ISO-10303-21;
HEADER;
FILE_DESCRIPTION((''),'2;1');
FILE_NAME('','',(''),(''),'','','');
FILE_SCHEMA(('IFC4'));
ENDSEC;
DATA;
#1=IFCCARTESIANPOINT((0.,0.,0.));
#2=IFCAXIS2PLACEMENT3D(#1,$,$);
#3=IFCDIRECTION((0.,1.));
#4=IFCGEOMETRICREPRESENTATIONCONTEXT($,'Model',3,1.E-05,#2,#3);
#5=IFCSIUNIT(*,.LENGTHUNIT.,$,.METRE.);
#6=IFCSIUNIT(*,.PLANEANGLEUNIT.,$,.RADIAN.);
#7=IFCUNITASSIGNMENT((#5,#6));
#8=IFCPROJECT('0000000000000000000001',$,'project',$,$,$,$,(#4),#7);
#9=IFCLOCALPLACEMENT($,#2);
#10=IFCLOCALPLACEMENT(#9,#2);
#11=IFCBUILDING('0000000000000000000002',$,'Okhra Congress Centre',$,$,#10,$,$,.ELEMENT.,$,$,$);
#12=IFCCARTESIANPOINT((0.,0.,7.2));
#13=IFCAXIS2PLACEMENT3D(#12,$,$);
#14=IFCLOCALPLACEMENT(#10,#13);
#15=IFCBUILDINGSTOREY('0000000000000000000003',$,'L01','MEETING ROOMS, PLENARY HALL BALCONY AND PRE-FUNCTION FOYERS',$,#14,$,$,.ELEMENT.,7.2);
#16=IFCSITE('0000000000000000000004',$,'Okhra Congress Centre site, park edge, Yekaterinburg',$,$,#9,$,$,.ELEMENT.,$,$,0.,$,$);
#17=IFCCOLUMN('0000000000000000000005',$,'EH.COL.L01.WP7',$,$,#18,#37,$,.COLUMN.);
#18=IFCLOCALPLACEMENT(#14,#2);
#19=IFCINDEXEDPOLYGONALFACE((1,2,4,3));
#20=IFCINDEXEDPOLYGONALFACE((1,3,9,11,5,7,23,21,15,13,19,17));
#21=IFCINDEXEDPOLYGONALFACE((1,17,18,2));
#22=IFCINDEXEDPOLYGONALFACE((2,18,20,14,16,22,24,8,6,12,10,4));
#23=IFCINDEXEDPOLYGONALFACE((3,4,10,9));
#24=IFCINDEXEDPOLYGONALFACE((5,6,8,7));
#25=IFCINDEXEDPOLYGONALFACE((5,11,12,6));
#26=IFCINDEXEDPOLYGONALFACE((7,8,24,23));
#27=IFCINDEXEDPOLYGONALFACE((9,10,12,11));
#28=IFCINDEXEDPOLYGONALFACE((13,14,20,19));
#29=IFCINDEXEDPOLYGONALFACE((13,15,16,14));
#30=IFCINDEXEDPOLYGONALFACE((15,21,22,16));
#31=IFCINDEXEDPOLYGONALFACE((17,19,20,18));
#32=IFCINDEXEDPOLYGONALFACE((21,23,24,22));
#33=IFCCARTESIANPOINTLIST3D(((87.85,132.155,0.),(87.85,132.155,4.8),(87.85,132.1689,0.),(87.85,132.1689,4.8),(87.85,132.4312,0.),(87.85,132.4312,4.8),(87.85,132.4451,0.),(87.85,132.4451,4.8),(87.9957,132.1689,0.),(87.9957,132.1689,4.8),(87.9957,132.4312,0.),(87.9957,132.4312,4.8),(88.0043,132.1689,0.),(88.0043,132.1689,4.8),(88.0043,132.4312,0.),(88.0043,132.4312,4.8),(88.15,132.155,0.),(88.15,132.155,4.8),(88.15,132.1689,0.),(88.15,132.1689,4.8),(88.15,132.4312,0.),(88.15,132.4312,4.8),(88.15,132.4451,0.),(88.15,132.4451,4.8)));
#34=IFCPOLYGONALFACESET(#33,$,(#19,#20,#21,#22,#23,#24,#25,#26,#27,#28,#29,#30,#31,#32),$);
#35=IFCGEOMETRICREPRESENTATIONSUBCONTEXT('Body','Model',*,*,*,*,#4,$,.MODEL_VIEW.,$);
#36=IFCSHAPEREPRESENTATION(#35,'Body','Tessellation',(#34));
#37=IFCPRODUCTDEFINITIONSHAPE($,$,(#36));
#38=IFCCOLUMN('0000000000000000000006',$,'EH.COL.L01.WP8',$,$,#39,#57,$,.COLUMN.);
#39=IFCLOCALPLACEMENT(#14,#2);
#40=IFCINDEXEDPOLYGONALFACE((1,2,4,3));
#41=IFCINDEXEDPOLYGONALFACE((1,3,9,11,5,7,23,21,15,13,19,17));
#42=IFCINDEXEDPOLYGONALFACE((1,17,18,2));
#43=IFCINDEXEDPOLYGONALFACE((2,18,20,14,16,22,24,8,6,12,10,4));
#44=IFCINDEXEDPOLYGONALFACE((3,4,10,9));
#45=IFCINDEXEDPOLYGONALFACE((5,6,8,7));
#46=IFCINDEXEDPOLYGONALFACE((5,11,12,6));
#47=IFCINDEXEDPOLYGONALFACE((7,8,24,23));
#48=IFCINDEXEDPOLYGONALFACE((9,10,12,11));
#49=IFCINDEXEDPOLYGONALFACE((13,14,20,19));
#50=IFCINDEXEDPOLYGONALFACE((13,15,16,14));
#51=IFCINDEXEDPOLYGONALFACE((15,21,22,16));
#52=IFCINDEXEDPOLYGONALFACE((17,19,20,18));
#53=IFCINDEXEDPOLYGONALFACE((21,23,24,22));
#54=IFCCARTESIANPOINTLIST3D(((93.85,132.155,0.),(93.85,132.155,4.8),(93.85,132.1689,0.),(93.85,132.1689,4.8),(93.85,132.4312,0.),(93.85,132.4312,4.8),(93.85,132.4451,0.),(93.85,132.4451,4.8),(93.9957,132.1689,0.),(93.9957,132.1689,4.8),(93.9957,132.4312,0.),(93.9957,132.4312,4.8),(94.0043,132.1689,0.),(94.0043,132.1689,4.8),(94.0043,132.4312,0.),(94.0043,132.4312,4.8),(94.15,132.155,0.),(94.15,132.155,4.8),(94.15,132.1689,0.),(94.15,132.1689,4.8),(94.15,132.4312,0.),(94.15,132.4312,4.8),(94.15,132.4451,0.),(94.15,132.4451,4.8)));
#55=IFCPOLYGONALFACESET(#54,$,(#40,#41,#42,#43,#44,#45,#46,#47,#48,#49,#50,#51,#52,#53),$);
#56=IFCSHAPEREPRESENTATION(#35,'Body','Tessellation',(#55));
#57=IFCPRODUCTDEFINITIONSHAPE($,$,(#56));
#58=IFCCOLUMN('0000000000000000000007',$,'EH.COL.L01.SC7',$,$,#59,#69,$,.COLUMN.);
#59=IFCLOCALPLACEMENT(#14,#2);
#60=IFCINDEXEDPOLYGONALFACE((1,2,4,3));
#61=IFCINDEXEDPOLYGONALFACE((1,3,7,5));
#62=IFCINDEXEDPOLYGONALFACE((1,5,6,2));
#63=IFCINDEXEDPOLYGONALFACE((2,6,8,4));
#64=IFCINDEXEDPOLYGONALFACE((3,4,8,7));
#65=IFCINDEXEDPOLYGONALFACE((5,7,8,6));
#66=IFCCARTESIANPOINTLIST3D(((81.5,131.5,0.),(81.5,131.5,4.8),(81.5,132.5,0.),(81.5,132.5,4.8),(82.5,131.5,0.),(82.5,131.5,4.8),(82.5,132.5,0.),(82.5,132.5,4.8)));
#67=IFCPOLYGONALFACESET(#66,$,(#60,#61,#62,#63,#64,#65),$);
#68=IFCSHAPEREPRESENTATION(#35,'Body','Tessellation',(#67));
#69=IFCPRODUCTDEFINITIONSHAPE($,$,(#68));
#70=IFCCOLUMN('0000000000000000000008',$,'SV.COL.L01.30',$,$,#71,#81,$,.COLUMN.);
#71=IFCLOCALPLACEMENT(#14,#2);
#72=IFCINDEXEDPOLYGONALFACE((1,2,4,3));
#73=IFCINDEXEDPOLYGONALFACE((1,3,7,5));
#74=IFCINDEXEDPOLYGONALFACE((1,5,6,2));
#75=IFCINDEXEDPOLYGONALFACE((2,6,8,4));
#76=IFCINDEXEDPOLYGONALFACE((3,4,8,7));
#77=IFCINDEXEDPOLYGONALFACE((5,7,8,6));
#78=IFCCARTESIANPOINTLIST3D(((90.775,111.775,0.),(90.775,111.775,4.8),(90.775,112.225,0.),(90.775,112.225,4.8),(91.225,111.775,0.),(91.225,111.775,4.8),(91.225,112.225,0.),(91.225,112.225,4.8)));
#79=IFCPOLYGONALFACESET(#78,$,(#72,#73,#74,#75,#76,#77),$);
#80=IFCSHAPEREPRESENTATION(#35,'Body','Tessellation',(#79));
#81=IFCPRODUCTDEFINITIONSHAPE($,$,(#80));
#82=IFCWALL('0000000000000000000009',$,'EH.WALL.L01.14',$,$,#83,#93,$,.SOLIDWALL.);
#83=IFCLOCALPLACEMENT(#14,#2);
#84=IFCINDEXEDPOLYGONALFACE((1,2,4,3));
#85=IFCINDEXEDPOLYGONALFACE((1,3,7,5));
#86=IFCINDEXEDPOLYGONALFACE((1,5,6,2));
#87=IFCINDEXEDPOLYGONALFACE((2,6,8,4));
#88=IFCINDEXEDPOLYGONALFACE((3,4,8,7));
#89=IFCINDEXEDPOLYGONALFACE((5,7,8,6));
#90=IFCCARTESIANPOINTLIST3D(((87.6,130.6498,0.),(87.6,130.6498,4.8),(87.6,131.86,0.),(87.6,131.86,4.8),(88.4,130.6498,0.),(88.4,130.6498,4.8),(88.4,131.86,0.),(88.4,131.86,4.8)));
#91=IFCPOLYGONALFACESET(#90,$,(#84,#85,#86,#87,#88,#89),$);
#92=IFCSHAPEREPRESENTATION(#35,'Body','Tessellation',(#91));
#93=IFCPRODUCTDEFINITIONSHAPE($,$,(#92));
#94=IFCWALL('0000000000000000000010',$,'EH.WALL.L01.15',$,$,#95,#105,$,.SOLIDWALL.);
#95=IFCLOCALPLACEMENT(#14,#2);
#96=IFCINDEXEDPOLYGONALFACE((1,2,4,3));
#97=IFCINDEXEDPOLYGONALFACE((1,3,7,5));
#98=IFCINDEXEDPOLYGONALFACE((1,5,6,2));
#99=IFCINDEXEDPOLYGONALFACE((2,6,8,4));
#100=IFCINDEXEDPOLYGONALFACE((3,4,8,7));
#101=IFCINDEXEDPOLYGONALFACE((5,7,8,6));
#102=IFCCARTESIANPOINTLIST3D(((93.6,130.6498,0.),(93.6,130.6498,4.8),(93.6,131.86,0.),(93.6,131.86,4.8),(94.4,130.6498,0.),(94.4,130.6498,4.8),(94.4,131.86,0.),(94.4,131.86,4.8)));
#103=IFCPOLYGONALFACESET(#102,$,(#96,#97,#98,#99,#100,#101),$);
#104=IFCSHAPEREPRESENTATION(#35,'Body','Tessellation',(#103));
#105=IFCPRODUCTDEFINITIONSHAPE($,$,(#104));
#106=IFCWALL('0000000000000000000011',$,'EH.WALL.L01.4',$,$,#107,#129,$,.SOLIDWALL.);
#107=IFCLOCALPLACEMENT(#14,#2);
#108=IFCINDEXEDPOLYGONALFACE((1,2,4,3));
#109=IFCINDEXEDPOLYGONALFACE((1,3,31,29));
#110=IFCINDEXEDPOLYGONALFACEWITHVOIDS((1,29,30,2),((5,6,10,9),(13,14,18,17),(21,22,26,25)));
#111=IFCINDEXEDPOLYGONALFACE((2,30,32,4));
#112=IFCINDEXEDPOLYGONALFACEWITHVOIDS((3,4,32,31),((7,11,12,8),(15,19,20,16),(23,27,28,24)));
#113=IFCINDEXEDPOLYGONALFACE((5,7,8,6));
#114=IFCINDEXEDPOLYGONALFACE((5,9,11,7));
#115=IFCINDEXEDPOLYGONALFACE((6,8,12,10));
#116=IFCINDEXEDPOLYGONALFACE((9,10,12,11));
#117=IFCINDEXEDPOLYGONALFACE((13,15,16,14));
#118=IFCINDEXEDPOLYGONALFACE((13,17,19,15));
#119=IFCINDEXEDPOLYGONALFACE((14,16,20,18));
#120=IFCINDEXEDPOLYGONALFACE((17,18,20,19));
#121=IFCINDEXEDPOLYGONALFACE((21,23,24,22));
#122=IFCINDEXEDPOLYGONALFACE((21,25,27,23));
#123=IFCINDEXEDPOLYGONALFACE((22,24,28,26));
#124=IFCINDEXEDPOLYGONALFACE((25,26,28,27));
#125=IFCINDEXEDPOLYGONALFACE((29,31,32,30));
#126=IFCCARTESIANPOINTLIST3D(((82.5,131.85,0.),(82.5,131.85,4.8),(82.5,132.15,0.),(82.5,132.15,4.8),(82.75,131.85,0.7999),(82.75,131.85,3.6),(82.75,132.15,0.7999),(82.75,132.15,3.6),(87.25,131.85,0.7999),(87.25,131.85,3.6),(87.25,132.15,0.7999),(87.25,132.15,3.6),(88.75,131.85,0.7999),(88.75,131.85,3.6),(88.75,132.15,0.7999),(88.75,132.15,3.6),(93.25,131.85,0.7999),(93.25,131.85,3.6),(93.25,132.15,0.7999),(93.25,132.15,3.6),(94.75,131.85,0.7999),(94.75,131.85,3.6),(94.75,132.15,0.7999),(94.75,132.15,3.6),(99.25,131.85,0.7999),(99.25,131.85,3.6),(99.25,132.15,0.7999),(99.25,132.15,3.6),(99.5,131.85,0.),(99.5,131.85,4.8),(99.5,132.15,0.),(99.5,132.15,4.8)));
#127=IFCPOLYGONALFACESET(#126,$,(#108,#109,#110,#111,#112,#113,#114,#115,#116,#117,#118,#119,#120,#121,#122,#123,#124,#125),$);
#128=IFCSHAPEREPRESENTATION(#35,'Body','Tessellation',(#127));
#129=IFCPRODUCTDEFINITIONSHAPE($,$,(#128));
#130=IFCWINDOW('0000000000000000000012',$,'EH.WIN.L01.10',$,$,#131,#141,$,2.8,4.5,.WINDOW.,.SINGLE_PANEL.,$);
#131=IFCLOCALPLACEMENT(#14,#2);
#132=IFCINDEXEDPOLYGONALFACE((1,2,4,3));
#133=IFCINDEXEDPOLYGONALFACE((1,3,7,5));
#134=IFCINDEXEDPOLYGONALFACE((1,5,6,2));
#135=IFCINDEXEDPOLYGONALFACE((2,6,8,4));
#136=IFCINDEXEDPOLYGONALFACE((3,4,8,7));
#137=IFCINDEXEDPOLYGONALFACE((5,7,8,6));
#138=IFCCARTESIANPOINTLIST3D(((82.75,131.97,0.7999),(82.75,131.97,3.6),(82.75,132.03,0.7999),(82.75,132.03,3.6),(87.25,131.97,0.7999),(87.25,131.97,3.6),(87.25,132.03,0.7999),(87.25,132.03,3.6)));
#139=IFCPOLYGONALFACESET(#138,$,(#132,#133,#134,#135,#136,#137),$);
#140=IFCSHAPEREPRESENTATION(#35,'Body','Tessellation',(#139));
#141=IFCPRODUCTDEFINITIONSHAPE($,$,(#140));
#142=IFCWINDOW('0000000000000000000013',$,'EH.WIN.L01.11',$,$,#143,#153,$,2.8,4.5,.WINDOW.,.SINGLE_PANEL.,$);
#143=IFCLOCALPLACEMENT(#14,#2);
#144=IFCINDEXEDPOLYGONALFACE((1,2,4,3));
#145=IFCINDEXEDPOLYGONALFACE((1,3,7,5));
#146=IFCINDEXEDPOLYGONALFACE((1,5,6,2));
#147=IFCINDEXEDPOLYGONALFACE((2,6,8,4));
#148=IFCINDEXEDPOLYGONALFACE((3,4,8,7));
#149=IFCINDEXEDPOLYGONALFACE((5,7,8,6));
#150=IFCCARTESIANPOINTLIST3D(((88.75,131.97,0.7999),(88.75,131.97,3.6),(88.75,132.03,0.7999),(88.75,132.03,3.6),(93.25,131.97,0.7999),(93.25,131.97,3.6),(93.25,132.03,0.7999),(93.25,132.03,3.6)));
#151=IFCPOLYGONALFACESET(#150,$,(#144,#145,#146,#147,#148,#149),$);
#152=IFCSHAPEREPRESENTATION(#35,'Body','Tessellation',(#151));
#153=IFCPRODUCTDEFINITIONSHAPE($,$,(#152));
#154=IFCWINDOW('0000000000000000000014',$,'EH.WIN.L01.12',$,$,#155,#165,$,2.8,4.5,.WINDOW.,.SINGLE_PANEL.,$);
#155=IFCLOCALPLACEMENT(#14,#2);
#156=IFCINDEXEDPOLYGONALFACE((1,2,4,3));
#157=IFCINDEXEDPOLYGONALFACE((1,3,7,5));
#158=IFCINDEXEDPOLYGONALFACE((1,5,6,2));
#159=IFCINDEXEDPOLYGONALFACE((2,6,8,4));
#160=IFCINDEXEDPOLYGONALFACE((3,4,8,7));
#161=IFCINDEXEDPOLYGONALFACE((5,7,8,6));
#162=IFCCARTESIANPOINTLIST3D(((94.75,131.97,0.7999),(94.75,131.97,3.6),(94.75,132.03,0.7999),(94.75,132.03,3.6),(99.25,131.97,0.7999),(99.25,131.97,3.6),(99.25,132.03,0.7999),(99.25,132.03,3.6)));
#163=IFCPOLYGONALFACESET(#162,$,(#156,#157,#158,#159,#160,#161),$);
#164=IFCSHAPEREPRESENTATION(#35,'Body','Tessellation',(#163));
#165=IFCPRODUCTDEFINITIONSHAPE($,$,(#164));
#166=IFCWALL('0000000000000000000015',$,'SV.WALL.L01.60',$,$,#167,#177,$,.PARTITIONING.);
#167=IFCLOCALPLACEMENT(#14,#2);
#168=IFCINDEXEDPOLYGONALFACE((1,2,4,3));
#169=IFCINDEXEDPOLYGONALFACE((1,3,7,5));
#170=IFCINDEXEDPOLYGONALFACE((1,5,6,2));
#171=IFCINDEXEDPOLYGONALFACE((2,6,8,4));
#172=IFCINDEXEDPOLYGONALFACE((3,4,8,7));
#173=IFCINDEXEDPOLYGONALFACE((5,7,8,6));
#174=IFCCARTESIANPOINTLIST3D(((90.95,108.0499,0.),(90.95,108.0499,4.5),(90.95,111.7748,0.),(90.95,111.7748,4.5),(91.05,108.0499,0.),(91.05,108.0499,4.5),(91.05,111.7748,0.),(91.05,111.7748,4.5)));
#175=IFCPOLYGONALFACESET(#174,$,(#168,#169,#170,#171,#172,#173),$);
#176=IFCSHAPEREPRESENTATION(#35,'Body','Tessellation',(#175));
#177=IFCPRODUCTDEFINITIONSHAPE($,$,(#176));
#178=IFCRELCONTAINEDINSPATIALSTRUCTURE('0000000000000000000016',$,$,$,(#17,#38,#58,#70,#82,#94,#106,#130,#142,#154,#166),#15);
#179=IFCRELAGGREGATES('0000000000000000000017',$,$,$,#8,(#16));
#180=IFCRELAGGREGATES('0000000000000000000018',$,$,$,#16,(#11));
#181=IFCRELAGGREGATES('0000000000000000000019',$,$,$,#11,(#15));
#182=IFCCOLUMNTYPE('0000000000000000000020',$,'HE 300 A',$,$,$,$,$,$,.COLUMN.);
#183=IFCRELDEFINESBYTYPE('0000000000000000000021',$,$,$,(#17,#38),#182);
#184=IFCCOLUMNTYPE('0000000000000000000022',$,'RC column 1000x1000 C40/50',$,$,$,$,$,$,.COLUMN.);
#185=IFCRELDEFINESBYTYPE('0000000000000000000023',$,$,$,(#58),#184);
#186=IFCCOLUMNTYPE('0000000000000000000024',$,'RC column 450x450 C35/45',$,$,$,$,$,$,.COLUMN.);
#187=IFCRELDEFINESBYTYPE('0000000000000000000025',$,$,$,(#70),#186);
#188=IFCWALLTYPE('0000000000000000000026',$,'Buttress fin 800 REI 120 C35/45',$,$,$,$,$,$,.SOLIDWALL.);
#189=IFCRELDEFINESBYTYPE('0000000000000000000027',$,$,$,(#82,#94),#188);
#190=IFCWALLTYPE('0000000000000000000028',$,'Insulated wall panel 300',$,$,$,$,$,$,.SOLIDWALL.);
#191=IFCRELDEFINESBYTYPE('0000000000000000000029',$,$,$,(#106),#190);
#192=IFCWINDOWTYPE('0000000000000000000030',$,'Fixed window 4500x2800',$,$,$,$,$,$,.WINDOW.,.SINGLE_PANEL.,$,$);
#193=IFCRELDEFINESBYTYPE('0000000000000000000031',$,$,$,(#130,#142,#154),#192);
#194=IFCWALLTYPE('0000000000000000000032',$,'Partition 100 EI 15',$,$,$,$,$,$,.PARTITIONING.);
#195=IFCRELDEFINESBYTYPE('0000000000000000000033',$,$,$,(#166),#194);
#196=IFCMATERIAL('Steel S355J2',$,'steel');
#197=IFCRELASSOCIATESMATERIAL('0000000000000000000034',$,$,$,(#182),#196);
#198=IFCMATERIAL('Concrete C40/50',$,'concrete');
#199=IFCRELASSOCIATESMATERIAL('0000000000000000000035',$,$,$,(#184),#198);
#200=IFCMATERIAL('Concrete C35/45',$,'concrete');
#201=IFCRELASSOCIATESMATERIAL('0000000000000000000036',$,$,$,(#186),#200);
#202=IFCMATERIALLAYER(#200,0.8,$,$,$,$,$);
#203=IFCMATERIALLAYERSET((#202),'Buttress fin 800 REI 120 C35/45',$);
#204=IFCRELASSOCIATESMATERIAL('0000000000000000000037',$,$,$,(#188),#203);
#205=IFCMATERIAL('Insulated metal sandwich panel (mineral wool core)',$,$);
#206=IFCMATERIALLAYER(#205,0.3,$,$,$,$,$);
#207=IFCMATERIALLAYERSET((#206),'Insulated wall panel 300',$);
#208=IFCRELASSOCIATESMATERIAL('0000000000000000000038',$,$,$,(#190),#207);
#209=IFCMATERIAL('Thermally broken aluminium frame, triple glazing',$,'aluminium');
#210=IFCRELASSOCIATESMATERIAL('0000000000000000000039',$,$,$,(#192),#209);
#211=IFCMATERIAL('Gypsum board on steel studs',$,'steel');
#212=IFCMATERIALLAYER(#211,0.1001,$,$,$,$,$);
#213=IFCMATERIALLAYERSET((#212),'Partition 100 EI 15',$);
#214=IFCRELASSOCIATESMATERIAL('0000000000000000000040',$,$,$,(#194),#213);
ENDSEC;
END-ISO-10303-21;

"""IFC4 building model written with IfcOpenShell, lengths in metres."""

from ifc_helpers import new_model, si_unit, direction, frame, frame_2d, origin, origin_2d, place, context, subcontext, project, spatial, rectangle, i_section, extrude, material, layer, layer_set, material_profile, profile_set, type_object, element, fill, save


model = new_model("IFC4")

# Units and contexts
model_context = context("Model", 3, precision=1e-05, world=origin(), true_north=direction((0.0, 1.0)))
body_context = subcontext(model_context, "Body", "Model", "MODEL_VIEW")
ifc_project = project(units=[si_unit("LENGTHUNIT", "METRE"), si_unit("PLANEANGLEUNIT", "RADIAN")], contexts=[model_context])

# Site, building, storey
site_placement = place(None, origin())
site = spatial("IfcSite", under=ifc_project, at=site_placement, Name="Okhra Congress Centre site, park edge, Yekaterinburg", CompositionType="ELEMENT", RefElevation=0.0)
building_placement = place(site_placement, origin())
building = spatial("IfcBuilding", under=site, at=building_placement, Name="Okhra Congress Centre", CompositionType="ELEMENT")
storey_placement = place(building_placement, frame((0.0, 0.0, 7.2)))
storey = spatial("IfcBuildingStorey", under=building, at=storey_placement, Name="L01", Description="MEETING ROOMS, PLENARY HALL BALCONY AND PRE-FUNCTION FOYERS", CompositionType="ELEMENT", Elevation=7.2)

# Columns
ifc_material_1 = material(Name="Steel S355J2", Category="steel")
ifc_material_profile_1 = material_profile(ifc_material_1, i_section(OverallWidth=0.3, OverallDepth=0.29, WebThickness=0.0085, FlangeThickness=0.0139, at=origin_2d()), Name="HE 300 A")
ifc_profile_set_1 = profile_set([ifc_material_profile_1], Name="Steel S355J2")
column_type_1 = type_object("IfcColumnType", Name="HE 300 A", PredefinedType="COLUMN", material=ifc_profile_set_1)
for number, where, z_axis, x_axis, name in (
    (1, (88.0, 132.3, 0.0), (0.0, 0.0, 1.0), (1.0, 0.0, 0.0), "EH.COL.L01.WP7"),
    (2, (94.0, 132.3, 0.0), (0.0, 0.0, 1.0), (1.0, 0.0, 0.0), "EH.COL.L01.WP8"),
):
    element("IfcColumn", number, at=place(storey_placement, frame(where, z_axis=z_axis, x_axis=x_axis)), inside=storey, type_object=column_type_1, Name=name, PredefinedType="COLUMN", context=body_context, shape_type="SweptSolid", body=[
        extrude(i_section(OverallWidth=0.3, OverallDepth=0.29, WebThickness=0.0085, FlangeThickness=0.0139, at=origin_2d()), origin(), (0.0, 0.0, 1.0), 4.8),
    ])
ifc_material_2 = material(Name="Concrete C40/50", Category="concrete")
ifc_material_profile_2 = material_profile(ifc_material_2, rectangle(XDim=1.0, YDim=1.0, at=origin_2d()), Name="RC 1000x1000")
ifc_profile_set_2 = profile_set([ifc_material_profile_2], Name="Concrete C40/50")
column_type_2 = type_object("IfcColumnType", Name="RC column 1000x1000 C40/50", PredefinedType="COLUMN", material=ifc_profile_set_2)
column_1_placement = place(storey_placement, frame((82.0, 132.0, 0.0), z_axis=(0.0, 0.0, 1.0), x_axis=(1.0, 0.0, 0.0)))
element("IfcColumn", 3, at=column_1_placement, inside=storey, type_object=column_type_2, Name="EH.COL.L01.SC7", PredefinedType="COLUMN", context=body_context, shape_type="SweptSolid", body=[
    extrude(rectangle(XDim=1.0, YDim=1.0, at=origin_2d()), origin(), (0.0, 0.0, 1.0), 4.8),
])
ifc_material_3 = material(Name="Concrete C35/45", Category="concrete")
ifc_material_profile_3 = material_profile(ifc_material_3, rectangle(XDim=0.45, YDim=0.45, at=origin_2d()), Name="RC 450x450")
ifc_profile_set_3 = profile_set([ifc_material_profile_3], Name="Concrete C35/45")
column_type_3 = type_object("IfcColumnType", Name="RC column 450x450 C35/45", PredefinedType="COLUMN", material=ifc_profile_set_3)
column_2_placement = place(storey_placement, frame((91.0, 112.0, 0.0), z_axis=(0.0, 0.0, 1.0), x_axis=(1.0, 0.0, 0.0)))
element("IfcColumn", 4, at=column_2_placement, inside=storey, type_object=column_type_3, Name="SV.COL.L01.30", PredefinedType="COLUMN", context=body_context, shape_type="SweptSolid", body=[
    extrude(rectangle(XDim=0.45, YDim=0.45, at=origin_2d()), origin(), (0.0, 0.0, 1.0), 4.8),
])

# Walls
ifc_layer_1 = layer(ifc_material_3, 0.8)
ifc_layer_set_1 = layer_set([ifc_layer_1], Name="Buttress fin 800 REI 120 C35/45")
wall_type_1 = type_object("IfcWallType", Name="Buttress fin 800 REI 120 C35/45", PredefinedType="SOLIDWALL", material=ifc_layer_set_1)
for number, where, z_axis, x_axis, name in (
    (5, (88.0, 130.6499, 0.0), (0.0, 0.0, 1.0), (0.0, 1.0, 0.0), "EH.WALL.L01.14"),
    (6, (94.0, 130.6499, 0.0), (0.0, 0.0, 1.0), (0.0, 1.0, 0.0), "EH.WALL.L01.15"),
):
    element("IfcWall", number, at=place(storey_placement, frame(where, z_axis=z_axis, x_axis=x_axis)), inside=storey, type_object=wall_type_1, Name=name, PredefinedType="SOLIDWALL", context=body_context, shape_type="SweptSolid", body=[
        extrude(rectangle(XDim=1.2102, YDim=0.8, at=frame_2d((0.605, 0.0))), origin(), (0.0, 0.0, 1.0), 4.8),
    ])

# Wall, openings, windows
ifc_material_4 = material(Name="Insulated metal sandwich panel (mineral wool core)")
ifc_layer_2 = layer(ifc_material_4, 0.3)
ifc_layer_set_2 = layer_set([ifc_layer_2], Name="Insulated wall panel 300")
wall_type_2 = type_object("IfcWallType", Name="Insulated wall panel 300", PredefinedType="SOLIDWALL", material=ifc_layer_set_2)
wall_1_placement = place(storey_placement, frame((82.5, 132.0, 0.0), z_axis=(0.0, 0.0, 1.0), x_axis=(1.0, 0.0, 0.0)))
wall_1 = element("IfcWall", 7, at=wall_1_placement, inside=storey, type_object=wall_type_2, Name="EH.WALL.L01.4", PredefinedType="SOLIDWALL", context=body_context, shape_type="SweptSolid", body=[
    extrude(rectangle(XDim=17.0, YDim=0.3, at=frame_2d((8.5, 0.0))), origin(), (0.0, 0.0, 1.0), 4.8),
])
opening_1_placement = place(wall_1_placement, frame((0.25, 0.0, 0.8)))
opening_1 = element("IfcOpeningElement", 8, at=opening_1_placement, cuts=wall_1, PredefinedType="OPENING", context=body_context, shape_type="SweptSolid", body=[
    extrude(rectangle(XDim=4.5, YDim=2.8, at=frame_2d((2.25, 1.3999))), frame((0.0, 0.1599, 0.0), z_axis=(0.0, -1.0, 0.0), x_axis=(1.0, 0.0, 0.0)), (0.0, 0.0, 1.0), 0.3201),
])
opening_2_placement = place(wall_1_placement, frame((6.25, 0.0, 0.8)))
opening_2 = element("IfcOpeningElement", 9, at=opening_2_placement, cuts=wall_1, PredefinedType="OPENING", context=body_context, shape_type="SweptSolid", body=[
    extrude(rectangle(XDim=4.5, YDim=2.8, at=frame_2d((2.25, 1.3999))), frame((0.0, 0.1599, 0.0), z_axis=(0.0, -1.0, 0.0), x_axis=(1.0, 0.0, 0.0)), (0.0, 0.0, 1.0), 0.3201),
])
opening_3_placement = place(wall_1_placement, frame((12.25, 0.0, 0.8)))
opening_3 = element("IfcOpeningElement", 10, at=opening_3_placement, cuts=wall_1, PredefinedType="OPENING", context=body_context, shape_type="SweptSolid", body=[
    extrude(rectangle(XDim=4.5, YDim=2.8, at=frame_2d((2.25, 1.3999))), frame((0.0, 0.1599, 0.0), z_axis=(0.0, -1.0, 0.0), x_axis=(1.0, 0.0, 0.0)), (0.0, 0.0, 1.0), 0.3201),
])
ifc_material_5 = material(Name="Thermally broken aluminium frame, triple glazing", Category="aluminium")
window_type_1 = type_object("IfcWindowType", Name="Fixed window 4500x2800", PartitioningType="SINGLE_PANEL", PredefinedType="WINDOW", material=ifc_material_5)
window_1_placement = place(opening_1_placement, origin())
window_1 = element("IfcWindow", 11, at=window_1_placement, inside=storey, type_object=window_type_1, Name="EH.WIN.L01.10", OverallHeight=2.8, OverallWidth=4.5, PartitioningType="SINGLE_PANEL", PredefinedType="WINDOW", context=body_context, shape_type="SweptSolid", body=[
    extrude(rectangle(XDim=4.5, YDim=2.8, at=frame_2d((2.25, 1.3999))), frame((0.0, 0.03, 0.0), z_axis=(0.0, -1.0, 0.0), x_axis=(1.0, 0.0, 0.0)), (0.0, 0.0, 1.0), 0.0601),
])
fill(opening_1, window_1)
window_2_placement = place(opening_2_placement, origin())
window_2 = element("IfcWindow", 12, at=window_2_placement, inside=storey, type_object=window_type_1, Name="EH.WIN.L01.11", OverallHeight=2.8, OverallWidth=4.5, PartitioningType="SINGLE_PANEL", PredefinedType="WINDOW", context=body_context, shape_type="SweptSolid", body=[
    extrude(rectangle(XDim=4.5, YDim=2.8, at=frame_2d((2.25, 1.3999))), frame((0.0, 0.03, 0.0), z_axis=(0.0, -1.0, 0.0), x_axis=(1.0, 0.0, 0.0)), (0.0, 0.0, 1.0), 0.0601),
])
fill(opening_2, window_2)
window_3_placement = place(opening_3_placement, origin())
window_3 = element("IfcWindow", 13, at=window_3_placement, inside=storey, type_object=window_type_1, Name="EH.WIN.L01.12", OverallHeight=2.8, OverallWidth=4.5, PartitioningType="SINGLE_PANEL", PredefinedType="WINDOW", context=body_context, shape_type="SweptSolid", body=[
    extrude(rectangle(XDim=4.5, YDim=2.8, at=frame_2d((2.25, 1.3999))), frame((0.0, 0.03, 0.0), z_axis=(0.0, -1.0, 0.0), x_axis=(1.0, 0.0, 0.0)), (0.0, 0.0, 1.0), 0.0601),
])
fill(opening_3, window_3)

# Wall
ifc_material_6 = material(Name="Gypsum board on steel studs", Category="steel")
ifc_layer_3 = layer(ifc_material_6, 0.1001)
ifc_layer_set_3 = layer_set([ifc_layer_3], Name="Partition 100 EI 15")
wall_type_3 = type_object("IfcWallType", Name="Partition 100 EI 15", PredefinedType="PARTITIONING", material=ifc_layer_set_3)
wall_2_placement = place(storey_placement, frame((91.0, 108.05, 0.0), z_axis=(0.0, 0.0, 1.0), x_axis=(0.0, 1.0, 0.0)))
element("IfcWall", 14, at=wall_2_placement, inside=storey, type_object=wall_type_3, Name="SV.WALL.L01.60", PredefinedType="PARTITIONING", context=body_context, shape_type="SweptSolid", body=[
    extrude(rectangle(XDim=3.7249, YDim=0.1001, at=frame_2d((1.8623, 0.0))), origin(), (0.0, 0.0, 1.0), 4.5),
])

save(model, "model.ifc")
